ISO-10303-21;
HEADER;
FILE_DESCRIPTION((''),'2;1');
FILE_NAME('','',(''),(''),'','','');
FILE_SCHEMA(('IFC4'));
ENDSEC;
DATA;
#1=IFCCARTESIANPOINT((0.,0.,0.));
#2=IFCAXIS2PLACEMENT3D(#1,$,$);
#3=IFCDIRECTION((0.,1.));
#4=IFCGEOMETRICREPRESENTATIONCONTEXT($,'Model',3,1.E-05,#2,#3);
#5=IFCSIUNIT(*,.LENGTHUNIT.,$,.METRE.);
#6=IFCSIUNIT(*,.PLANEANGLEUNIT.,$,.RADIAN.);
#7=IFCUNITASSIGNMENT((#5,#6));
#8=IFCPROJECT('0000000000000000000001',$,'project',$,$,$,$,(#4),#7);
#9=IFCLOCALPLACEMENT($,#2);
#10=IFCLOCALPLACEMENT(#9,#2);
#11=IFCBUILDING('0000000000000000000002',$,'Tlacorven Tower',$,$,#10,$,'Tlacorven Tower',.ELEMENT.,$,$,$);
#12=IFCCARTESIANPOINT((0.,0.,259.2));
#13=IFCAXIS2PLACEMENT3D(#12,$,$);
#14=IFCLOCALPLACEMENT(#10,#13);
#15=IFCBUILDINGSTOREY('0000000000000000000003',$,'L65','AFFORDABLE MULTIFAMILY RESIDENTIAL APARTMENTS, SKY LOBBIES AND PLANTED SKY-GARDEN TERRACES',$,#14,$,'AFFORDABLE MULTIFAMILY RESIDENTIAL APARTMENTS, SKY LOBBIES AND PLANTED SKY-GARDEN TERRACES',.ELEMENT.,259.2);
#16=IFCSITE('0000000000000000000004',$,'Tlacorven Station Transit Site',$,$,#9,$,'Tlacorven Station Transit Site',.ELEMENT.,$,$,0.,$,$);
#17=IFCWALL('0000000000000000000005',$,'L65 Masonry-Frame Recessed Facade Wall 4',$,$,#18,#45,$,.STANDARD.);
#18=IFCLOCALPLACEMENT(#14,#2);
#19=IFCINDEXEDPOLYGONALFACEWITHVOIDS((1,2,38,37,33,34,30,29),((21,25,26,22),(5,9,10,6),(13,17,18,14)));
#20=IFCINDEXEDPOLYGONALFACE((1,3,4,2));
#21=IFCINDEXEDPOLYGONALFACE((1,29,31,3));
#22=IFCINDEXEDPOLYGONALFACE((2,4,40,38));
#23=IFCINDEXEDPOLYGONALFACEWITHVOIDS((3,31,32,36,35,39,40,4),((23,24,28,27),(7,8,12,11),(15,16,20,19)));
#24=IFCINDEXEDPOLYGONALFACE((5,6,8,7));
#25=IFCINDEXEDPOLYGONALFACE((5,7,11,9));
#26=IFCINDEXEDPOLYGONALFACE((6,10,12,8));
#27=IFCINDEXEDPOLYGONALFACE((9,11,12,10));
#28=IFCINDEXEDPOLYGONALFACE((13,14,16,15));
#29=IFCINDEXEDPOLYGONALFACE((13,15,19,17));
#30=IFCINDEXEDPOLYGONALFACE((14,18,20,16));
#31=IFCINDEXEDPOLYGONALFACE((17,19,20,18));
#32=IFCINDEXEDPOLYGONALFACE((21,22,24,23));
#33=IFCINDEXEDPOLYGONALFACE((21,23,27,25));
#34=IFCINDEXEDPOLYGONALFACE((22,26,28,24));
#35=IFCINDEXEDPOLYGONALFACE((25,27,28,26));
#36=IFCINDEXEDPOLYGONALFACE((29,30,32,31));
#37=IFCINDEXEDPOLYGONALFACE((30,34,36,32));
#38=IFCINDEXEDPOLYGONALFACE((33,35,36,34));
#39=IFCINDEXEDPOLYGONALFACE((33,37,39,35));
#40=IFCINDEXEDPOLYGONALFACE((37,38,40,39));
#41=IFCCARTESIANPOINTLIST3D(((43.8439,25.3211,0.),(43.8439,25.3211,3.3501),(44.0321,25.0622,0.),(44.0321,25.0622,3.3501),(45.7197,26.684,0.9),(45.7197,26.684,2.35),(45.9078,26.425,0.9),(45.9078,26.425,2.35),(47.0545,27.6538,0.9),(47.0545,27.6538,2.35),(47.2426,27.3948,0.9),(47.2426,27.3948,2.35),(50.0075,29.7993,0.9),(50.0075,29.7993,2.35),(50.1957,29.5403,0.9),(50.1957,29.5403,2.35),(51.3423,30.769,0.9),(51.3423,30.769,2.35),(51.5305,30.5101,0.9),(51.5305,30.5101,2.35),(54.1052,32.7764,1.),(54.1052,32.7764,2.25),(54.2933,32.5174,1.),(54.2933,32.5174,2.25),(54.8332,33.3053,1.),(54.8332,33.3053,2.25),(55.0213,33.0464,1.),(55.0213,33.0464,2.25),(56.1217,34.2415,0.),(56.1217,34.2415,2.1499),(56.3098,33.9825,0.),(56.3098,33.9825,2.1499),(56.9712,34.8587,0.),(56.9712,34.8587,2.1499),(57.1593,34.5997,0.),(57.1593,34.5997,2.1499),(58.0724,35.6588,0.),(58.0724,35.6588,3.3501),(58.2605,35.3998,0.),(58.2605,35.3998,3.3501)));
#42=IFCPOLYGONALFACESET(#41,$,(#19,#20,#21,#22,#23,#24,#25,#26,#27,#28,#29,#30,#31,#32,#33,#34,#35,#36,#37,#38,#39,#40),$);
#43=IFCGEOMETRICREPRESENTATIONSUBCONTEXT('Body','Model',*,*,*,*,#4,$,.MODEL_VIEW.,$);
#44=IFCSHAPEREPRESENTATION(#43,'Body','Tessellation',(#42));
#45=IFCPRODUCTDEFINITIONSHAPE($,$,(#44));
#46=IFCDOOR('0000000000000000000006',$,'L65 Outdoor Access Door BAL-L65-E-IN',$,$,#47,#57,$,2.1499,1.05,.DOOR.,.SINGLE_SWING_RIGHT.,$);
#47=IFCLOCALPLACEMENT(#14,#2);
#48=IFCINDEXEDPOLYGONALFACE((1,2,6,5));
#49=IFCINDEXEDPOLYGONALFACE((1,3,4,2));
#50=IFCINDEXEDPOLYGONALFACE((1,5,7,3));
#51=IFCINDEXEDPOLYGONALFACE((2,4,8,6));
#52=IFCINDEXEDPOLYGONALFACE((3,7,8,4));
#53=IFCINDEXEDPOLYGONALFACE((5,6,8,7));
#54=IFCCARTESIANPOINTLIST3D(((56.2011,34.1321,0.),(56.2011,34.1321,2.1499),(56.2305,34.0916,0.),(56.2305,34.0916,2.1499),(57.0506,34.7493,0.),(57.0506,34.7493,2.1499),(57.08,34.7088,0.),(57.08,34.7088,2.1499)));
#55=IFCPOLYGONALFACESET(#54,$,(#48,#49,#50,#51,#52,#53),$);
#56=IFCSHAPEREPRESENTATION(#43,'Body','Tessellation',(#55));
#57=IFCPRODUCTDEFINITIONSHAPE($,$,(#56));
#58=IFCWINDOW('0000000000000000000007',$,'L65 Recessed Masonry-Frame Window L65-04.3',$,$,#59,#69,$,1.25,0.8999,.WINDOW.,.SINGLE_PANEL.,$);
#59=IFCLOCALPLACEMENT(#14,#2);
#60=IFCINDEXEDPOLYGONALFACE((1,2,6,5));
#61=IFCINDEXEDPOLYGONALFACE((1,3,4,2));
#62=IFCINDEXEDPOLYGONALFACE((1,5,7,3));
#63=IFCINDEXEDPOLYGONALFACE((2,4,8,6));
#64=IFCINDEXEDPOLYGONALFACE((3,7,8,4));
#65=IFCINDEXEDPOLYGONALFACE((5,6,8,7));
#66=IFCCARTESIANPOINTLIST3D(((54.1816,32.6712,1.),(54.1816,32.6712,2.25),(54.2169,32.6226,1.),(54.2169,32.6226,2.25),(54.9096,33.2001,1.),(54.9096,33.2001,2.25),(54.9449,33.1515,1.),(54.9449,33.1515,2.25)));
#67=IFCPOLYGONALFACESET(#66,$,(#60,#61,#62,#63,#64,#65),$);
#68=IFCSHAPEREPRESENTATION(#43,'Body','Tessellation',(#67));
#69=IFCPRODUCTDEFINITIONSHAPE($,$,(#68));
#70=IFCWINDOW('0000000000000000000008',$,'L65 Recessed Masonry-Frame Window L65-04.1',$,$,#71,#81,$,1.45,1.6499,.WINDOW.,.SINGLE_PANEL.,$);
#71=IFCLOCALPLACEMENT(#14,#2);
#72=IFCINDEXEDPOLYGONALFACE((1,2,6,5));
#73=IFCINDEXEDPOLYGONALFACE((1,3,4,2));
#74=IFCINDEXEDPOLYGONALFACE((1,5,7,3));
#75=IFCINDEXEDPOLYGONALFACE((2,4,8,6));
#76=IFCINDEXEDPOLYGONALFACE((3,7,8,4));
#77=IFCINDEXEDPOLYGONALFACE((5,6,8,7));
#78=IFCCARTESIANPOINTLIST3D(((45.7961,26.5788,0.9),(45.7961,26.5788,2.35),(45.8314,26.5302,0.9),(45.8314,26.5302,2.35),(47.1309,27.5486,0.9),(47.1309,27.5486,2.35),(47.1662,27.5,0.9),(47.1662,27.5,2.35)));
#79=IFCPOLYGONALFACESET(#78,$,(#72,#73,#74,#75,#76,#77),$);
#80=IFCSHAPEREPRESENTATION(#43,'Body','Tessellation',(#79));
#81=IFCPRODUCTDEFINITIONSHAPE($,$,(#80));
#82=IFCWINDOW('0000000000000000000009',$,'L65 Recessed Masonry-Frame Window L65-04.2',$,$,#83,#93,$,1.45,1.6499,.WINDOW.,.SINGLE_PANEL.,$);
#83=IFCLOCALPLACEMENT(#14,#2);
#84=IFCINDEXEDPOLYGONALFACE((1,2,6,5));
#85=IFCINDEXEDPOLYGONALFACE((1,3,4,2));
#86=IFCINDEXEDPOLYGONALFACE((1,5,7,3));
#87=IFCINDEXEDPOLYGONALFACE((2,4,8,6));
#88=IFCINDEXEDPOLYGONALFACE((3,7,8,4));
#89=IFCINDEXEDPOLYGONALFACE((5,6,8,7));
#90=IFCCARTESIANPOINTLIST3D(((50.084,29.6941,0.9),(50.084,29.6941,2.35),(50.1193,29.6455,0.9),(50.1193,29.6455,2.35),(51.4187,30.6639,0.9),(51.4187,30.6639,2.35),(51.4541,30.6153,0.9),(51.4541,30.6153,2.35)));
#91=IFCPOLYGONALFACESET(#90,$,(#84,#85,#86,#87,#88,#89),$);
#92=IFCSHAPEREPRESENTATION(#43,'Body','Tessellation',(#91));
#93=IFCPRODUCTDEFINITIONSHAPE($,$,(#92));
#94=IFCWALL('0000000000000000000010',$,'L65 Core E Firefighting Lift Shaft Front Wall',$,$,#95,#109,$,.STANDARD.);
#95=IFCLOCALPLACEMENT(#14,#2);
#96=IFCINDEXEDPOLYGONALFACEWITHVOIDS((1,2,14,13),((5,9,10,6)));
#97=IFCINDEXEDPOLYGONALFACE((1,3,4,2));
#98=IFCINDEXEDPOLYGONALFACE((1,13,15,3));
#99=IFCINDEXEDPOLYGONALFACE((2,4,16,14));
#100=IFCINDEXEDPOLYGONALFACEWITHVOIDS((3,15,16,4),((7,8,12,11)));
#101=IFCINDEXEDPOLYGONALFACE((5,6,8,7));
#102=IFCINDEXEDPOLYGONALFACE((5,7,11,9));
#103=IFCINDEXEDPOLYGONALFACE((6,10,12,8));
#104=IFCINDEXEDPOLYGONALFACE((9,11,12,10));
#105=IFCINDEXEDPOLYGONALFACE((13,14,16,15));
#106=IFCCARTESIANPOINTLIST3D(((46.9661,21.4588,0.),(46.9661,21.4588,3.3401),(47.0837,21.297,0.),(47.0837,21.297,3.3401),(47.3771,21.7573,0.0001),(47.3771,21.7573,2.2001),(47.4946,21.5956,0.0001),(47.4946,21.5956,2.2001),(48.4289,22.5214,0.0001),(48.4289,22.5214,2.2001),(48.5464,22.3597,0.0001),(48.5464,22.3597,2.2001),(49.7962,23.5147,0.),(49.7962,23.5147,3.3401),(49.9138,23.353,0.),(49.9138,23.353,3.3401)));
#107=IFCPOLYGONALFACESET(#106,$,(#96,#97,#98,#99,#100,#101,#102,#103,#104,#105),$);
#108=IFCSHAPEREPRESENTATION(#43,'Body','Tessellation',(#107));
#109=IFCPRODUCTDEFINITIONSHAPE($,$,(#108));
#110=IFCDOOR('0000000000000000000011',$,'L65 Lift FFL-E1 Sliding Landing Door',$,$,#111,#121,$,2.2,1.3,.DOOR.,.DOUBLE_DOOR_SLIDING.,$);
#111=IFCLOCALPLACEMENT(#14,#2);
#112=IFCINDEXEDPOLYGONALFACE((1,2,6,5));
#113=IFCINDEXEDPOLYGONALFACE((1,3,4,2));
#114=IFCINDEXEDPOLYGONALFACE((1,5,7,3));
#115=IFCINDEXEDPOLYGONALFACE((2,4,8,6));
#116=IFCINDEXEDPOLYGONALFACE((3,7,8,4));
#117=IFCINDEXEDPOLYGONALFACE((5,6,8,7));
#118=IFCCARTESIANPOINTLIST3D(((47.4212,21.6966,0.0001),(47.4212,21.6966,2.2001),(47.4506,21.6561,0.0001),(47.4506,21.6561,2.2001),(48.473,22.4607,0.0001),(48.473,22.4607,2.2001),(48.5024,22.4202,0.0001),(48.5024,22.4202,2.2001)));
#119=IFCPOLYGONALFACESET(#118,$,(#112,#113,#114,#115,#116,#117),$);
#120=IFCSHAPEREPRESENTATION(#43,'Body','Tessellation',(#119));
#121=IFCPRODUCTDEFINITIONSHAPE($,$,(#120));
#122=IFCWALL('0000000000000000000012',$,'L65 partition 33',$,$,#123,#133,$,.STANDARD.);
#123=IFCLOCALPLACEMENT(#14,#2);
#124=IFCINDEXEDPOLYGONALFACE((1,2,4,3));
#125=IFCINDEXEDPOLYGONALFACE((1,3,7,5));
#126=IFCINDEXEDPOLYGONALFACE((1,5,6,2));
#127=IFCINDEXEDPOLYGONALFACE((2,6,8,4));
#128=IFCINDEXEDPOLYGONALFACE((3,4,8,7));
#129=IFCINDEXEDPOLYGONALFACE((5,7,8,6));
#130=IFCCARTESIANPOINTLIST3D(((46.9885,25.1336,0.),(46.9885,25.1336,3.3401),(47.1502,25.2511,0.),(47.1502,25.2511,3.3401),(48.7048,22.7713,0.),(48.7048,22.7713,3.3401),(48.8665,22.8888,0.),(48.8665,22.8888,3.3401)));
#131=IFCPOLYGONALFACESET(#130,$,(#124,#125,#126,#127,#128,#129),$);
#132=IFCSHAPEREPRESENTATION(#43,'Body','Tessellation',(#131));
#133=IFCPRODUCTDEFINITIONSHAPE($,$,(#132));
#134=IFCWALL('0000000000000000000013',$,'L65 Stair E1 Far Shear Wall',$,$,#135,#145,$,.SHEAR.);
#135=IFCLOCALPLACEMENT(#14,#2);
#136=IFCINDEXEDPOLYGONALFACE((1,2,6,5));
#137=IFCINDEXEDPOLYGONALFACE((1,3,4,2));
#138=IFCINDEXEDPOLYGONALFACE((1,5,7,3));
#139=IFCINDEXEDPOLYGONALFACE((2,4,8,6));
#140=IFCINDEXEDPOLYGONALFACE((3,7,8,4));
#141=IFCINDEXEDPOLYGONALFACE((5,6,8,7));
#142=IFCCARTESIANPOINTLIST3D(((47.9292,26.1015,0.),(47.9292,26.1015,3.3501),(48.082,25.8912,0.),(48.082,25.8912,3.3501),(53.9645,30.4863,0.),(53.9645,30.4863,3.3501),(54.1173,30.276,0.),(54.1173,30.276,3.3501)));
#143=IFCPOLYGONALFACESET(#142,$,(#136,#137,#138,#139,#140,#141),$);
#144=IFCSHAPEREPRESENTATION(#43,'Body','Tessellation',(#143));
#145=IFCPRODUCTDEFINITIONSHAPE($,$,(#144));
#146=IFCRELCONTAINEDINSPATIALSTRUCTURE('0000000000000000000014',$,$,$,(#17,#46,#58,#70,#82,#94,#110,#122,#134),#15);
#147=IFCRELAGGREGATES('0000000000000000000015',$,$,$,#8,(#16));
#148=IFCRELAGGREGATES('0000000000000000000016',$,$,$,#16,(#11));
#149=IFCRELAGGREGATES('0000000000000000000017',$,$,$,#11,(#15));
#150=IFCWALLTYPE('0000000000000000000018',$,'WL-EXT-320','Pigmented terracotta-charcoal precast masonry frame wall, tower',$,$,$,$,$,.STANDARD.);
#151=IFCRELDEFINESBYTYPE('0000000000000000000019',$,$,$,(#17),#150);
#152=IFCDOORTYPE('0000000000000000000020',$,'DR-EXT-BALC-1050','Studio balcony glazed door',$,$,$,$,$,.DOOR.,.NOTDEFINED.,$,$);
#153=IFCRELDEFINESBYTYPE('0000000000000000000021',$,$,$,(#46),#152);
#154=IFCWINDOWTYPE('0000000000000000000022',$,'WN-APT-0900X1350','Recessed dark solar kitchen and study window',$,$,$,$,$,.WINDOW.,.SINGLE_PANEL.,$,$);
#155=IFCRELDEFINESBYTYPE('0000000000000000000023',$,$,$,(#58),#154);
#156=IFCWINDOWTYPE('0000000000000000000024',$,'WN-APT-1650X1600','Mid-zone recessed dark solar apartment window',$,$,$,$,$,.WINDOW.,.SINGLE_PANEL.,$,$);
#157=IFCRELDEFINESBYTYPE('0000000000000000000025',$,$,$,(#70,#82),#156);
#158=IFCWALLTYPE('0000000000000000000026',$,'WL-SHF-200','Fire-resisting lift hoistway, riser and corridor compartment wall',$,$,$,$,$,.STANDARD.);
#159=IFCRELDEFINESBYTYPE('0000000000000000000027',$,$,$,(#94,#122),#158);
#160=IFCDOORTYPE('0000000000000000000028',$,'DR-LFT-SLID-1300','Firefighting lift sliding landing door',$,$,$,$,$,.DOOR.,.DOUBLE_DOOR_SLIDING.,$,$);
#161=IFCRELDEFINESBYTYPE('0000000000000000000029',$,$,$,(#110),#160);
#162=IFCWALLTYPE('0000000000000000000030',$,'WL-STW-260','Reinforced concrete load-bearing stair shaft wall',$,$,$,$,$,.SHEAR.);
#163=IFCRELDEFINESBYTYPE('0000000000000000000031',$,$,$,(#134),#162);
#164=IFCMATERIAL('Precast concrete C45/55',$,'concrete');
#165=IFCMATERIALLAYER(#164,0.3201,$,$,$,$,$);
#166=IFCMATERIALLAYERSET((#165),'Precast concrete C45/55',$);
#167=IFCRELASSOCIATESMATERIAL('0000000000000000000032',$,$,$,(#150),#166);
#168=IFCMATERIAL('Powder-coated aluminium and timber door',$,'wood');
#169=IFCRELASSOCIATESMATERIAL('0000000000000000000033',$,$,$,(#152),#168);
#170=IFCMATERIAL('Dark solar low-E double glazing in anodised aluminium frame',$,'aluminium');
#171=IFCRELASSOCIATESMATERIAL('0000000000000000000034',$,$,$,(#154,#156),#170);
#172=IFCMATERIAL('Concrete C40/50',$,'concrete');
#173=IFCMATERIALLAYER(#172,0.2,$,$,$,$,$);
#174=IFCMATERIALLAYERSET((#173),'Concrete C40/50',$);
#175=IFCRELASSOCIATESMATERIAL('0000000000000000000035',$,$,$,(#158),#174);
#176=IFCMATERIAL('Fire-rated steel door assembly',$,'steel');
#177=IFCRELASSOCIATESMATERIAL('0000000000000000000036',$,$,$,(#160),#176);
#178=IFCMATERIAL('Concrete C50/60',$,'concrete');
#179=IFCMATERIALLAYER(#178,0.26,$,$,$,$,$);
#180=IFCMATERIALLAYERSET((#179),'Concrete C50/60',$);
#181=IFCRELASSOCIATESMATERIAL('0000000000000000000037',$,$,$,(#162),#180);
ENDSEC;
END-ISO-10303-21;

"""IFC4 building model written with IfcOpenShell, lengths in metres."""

from ifc_helpers import new_model, si_unit, direction, frame, frame_2d, origin, place, context, subcontext, project, spatial, rectangle, extrude, source, transform, mapped, material, layer, layer_set, type_object, element, fill, save


model = new_model("IFC4")

# Units and contexts
model_context = context("Model", 3, precision=1e-05, world=origin(), true_north=direction((0.0, 1.0)))
body_context = subcontext(model_context, "Body", "Model", "MODEL_VIEW")
ifc_project = project(units=[si_unit("LENGTHUNIT", "METRE"), si_unit("PLANEANGLEUNIT", "RADIAN")], contexts=[model_context])

# Site, building, storey
site_placement = place(None, origin())
site = spatial("IfcSite", under=ifc_project, at=site_placement, Name="Tlacorven Station Transit Site", LongName="Tlacorven Station Transit Site", CompositionType="ELEMENT", RefElevation=0.0)
building_placement = place(site_placement, origin())
building = spatial("IfcBuilding", under=site, at=building_placement, Name="Tlacorven Tower", LongName="Tlacorven Tower", CompositionType="ELEMENT")
storey_placement = place(building_placement, frame((0.0, 0.0, 259.2)))
storey = spatial("IfcBuildingStorey", under=building, at=storey_placement, Name="L65", Description="AFFORDABLE MULTIFAMILY RESIDENTIAL APARTMENTS, SKY LOBBIES AND PLANTED SKY-GARDEN TERRACES", LongName="AFFORDABLE MULTIFAMILY RESIDENTIAL APARTMENTS, SKY LOBBIES AND PLANTED SKY-GARDEN TERRACES", CompositionType="ELEMENT", Elevation=259.2)

# Shared definitions
ifc_material_1 = material(Name="Concrete C50/60", Category="concrete")

# Wall, openings, door, windows
ifc_material_2 = material(Name="Precast concrete C45/55", Category="concrete")
ifc_layer_1 = layer(ifc_material_2, 0.3201)
ifc_layer_set_1 = layer_set([ifc_layer_1], Name="Precast concrete C45/55")
wall_type_1 = type_object("IfcWallType", Name="WL-EXT-320", Description="Pigmented terracotta-charcoal precast masonry frame wall, tower", PredefinedType="STANDARD", material=ifc_layer_set_1)
wall_1_placement = place(storey_placement, frame((43.938, 25.1917, 0.0), z_axis=(0.0, 0.0, 1.0), x_axis=(0.809016, 0.587786, 0.0)))
wall_1 = element("IfcWall", 1, at=wall_1_placement, inside=storey, type_object=wall_type_1, Name="L65 Masonry-Frame Recessed Facade Wall 4", PredefinedType="STANDARD", context=body_context, shape_type="SweptSolid", body=[
    extrude(rectangle(XDim=17.5874, YDim=0.3201, at=frame_2d((8.7937, 0.0))), origin(), (0.0, 0.0, 1.0), 3.3501),
])
opening_1_placement = place(wall_1_placement, frame((15.1763, 0.0, 0.0)))
opening_1 = element("IfcOpeningElement", 2, at=opening_1_placement, cuts=wall_1, PredefinedType="OPENING", context=body_context, shape_type="SweptSolid", body=[
    extrude(rectangle(XDim=1.05, YDim=2.1499, at=frame_2d((0.5249, 1.075))), frame((0.0, 0.1699, 0.0), z_axis=(0.0, -1.0, 0.0), x_axis=(1.0, 0.0, 0.0)), (0.0, 0.0, 1.0), 0.3401),
])
opening_2_placement = place(wall_1_placement, frame((2.3186, 0.0, 0.8999)))
opening_2 = element("IfcOpeningElement", 3, at=opening_2_placement, cuts=wall_1, PredefinedType="OPENING", context=body_context, shape_type="SweptSolid", body=[
    extrude(rectangle(XDim=1.6499, YDim=1.45, at=frame_2d((0.825, 0.7251))), frame((0.0, 0.1699, 0.0), z_axis=(0.0, -1.0, 0.0), x_axis=(1.0, 0.0, 0.0)), (0.0, 0.0, 1.0), 0.3401),
])
opening_3_placement = place(wall_1_placement, frame((7.6187, 0.0, 0.8999)))
opening_3 = element("IfcOpeningElement", 4, at=opening_3_placement, cuts=wall_1, PredefinedType="OPENING", context=body_context, shape_type="SweptSolid", body=[
    extrude(rectangle(XDim=1.6499, YDim=1.45, at=frame_2d((0.825, 0.7251))), frame((0.0, 0.1699, 0.0), z_axis=(0.0, -1.0, 0.0), x_axis=(1.0, 0.0, 0.0)), (0.0, 0.0, 1.0), 0.3401),
])
opening_4_placement = place(wall_1_placement, frame((12.6836, 0.0, 1.0)))
opening_4 = element("IfcOpeningElement", 5, at=opening_4_placement, cuts=wall_1, PredefinedType="OPENING", context=body_context, shape_type="SweptSolid", body=[
    extrude(rectangle(XDim=0.8999, YDim=1.25, at=frame_2d((0.45, 0.625))), frame((0.0, 0.1699, 0.0), z_axis=(0.0, -1.0, 0.0), x_axis=(1.0, 0.0, 0.0)), (0.0, 0.0, 1.0), 0.3401),
])
ifc_material_3 = material(Name="Powder-coated aluminium and timber door", Category="wood")
door_type_1 = type_object("IfcDoorType", Name="DR-EXT-BALC-1050", Description="Studio balcony glazed door", OperationType="NOTDEFINED", PredefinedType="DOOR", material=ifc_material_3)
shared_shape_1 = source(origin(), body_context, "Body", "SweptSolid", [
    extrude(rectangle(XDim=1.05, YDim=2.1499, at=frame_2d((0.5249, 1.075))), frame((0.0, 0.0249, 0.0), z_axis=(0.0, -1.0, 0.0), x_axis=(1.0, 0.0, 0.0)), (0.0, 0.0, 1.0), 0.05),
])
door_1_placement = place(opening_1_placement, origin())
door_1 = element("IfcDoor", 6, at=door_1_placement, inside=storey, type_object=door_type_1, Name="L65 Outdoor Access Door BAL-L65-E-IN", OperationType="SINGLE_SWING_RIGHT", OverallHeight=2.1499, OverallWidth=1.05, PredefinedType="DOOR", context=body_context, shape_type="MappedRepresentation", body=[
    mapped(shared_shape_1, transform((0.0, 0.0, 0.0), scale=1.0)),
])
fill(opening_1, door_1)
ifc_material_4 = material(Name="Dark solar low-E double glazing in anodised aluminium frame", Category="aluminium")
window_type_1 = type_object("IfcWindowType", Name="WN-APT-0900X1350", Description="Recessed dark solar kitchen and study window", PartitioningType="SINGLE_PANEL", PredefinedType="WINDOW", material=ifc_material_4)
shared_shape_2 = source(origin(), body_context, "Body", "SweptSolid", [
    extrude(rectangle(XDim=0.8999, YDim=1.25, at=frame_2d((0.45, 0.625))), frame((0.0, 0.03, 0.0), z_axis=(0.0, -1.0, 0.0), x_axis=(1.0, 0.0, 0.0)), (0.0, 0.0, 1.0), 0.0601),
])
window_1_placement = place(opening_4_placement, origin())
window_1 = element("IfcWindow", 7, at=window_1_placement, inside=storey, type_object=window_type_1, Name="L65 Recessed Masonry-Frame Window L65-04.3", OverallHeight=1.25, OverallWidth=0.8999, PartitioningType="SINGLE_PANEL", PredefinedType="WINDOW", context=body_context, shape_type="MappedRepresentation", body=[
    mapped(shared_shape_2, transform((0.0, 0.0, 0.0), scale=1.0)),
])
fill(opening_4, window_1)
window_type_2 = type_object("IfcWindowType", Name="WN-APT-1650X1600", Description="Mid-zone recessed dark solar apartment window", PartitioningType="SINGLE_PANEL", PredefinedType="WINDOW", material=ifc_material_4)
shared_shape_3 = source(origin(), body_context, "Body", "SweptSolid", [
    extrude(rectangle(XDim=1.6499, YDim=1.45, at=frame_2d((0.825, 0.7251))), frame((0.0, 0.03, 0.0), z_axis=(0.0, -1.0, 0.0), x_axis=(1.0, 0.0, 0.0)), (0.0, 0.0, 1.0), 0.0601),
])
window_2_placement = place(opening_2_placement, origin())
window_2 = element("IfcWindow", 8, at=window_2_placement, inside=storey, type_object=window_type_2, Name="L65 Recessed Masonry-Frame Window L65-04.1", OverallHeight=1.45, OverallWidth=1.6499, PartitioningType="SINGLE_PANEL", PredefinedType="WINDOW", context=body_context, shape_type="MappedRepresentation", body=[
    mapped(shared_shape_3, transform((0.0, 0.0, 0.0), scale=1.0)),
])
fill(opening_2, window_2)
window_3_placement = place(opening_3_placement, origin())
window_3 = element("IfcWindow", 9, at=window_3_placement, inside=storey, type_object=window_type_2, Name="L65 Recessed Masonry-Frame Window L65-04.2", OverallHeight=1.45, OverallWidth=1.6499, PartitioningType="SINGLE_PANEL", PredefinedType="WINDOW", context=body_context, shape_type="MappedRepresentation", body=[
    mapped(shared_shape_3, transform((0.0, 0.0, 0.0), scale=1.0)),
])
fill(opening_3, window_3)

# Wall, opening, door
ifc_material_5 = material(Name="Concrete C40/50", Category="concrete")
ifc_layer_2 = layer(ifc_material_5, 0.2)
ifc_layer_set_2 = layer_set([ifc_layer_2], Name="Concrete C40/50")
wall_type_2 = type_object("IfcWallType", Name="WL-SHF-200", Description="Fire-resisting lift hoistway, riser and corridor compartment wall", PredefinedType="STANDARD", material=ifc_layer_set_2)
wall_2_placement = place(storey_placement, frame((47.0249, 21.3779, 0.0), z_axis=(0.0, 0.0, 1.0), x_axis=(0.809053, 0.587736, 0.0)))
wall_2 = element("IfcWall", 10, at=wall_2_placement, inside=storey, type_object=wall_type_2, Name="L65 Core E Firefighting Lift Shaft Front Wall", PredefinedType="STANDARD", context=body_context, shape_type="SweptSolid", body=[
    extrude(rectangle(XDim=3.498, YDim=0.2, at=frame_2d((1.749, 0.0))), origin(), (0.0, 0.0, 1.0), 3.3401),
])
opening_5_placement = place(wall_2_placement, frame((0.5081, 0.0, 0.0)))
opening_5 = element("IfcOpeningElement", 11, at=opening_5_placement, cuts=wall_2, PredefinedType="OPENING", context=body_context, shape_type="SweptSolid", body=[
    extrude(rectangle(XDim=1.3, YDim=2.2, at=frame_2d((0.6499, 1.1001))), frame((0.0, 0.1099, 0.0), z_axis=(0.0, -1.0, 0.0), x_axis=(1.0, 0.0, 0.0)), (0.0, 0.0, 1.0), 0.22),
])
ifc_material_6 = material(Name="Fire-rated steel door assembly", Category="steel")
door_type_2 = type_object("IfcDoorType", Name="DR-LFT-SLID-1300", Description="Firefighting lift sliding landing door", OperationType="DOUBLE_DOOR_SLIDING", PredefinedType="DOOR", material=ifc_material_6)
shared_shape_4 = source(origin(), body_context, "Body", "SweptSolid", [
    extrude(rectangle(XDim=1.3, YDim=2.2, at=frame_2d((0.6499, 1.1001))), frame((0.0, 0.0249, 0.0), z_axis=(0.0, -1.0, 0.0), x_axis=(1.0, 0.0, 0.0)), (0.0, 0.0, 1.0), 0.05),
])
door_2_placement = place(opening_5_placement, origin())
door_2 = element("IfcDoor", 12, at=door_2_placement, inside=storey, type_object=door_type_2, Name="L65 Lift FFL-E1 Sliding Landing Door", OperationType="DOUBLE_DOOR_SLIDING", OverallHeight=2.2, OverallWidth=1.3, PredefinedType="DOOR", context=body_context, shape_type="MappedRepresentation", body=[
    mapped(shared_shape_4, transform((0.0, 0.0, 0.0), scale=1.0)),
])
fill(opening_5, door_2)

# Walls
wall_3_placement = place(storey_placement, frame((48.7856, 22.8301, 0.0), z_axis=(0.0, 0.0, 1.0), x_axis=(-0.587784, 0.809018, 0.0)))
element("IfcWall", 13, at=wall_3_placement, inside=storey, type_object=wall_type_2, Name="L65 partition 33", PredefinedType="STANDARD", context=body_context, shape_type="SweptSolid", body=[
    extrude(rectangle(XDim=2.9199, YDim=0.2, at=frame_2d((1.46, 0.0))), origin(), (0.0, 0.0, 1.0), 3.3401),
])
ifc_layer_3 = layer(ifc_material_1, 0.26)
ifc_layer_set_3 = layer_set([ifc_layer_3], Name="Concrete C50/60")
wall_type_3 = type_object("IfcWallType", Name="WL-STW-260", Description="Reinforced concrete load-bearing stair shaft wall", PredefinedType="SHEAR", material=ifc_layer_set_3)
wall_4_placement = place(storey_placement, frame((48.0056, 25.9963, 0.0), z_axis=(0.0, 0.0, 1.0), x_axis=(0.809019, 0.587782, 0.0)))
element("IfcWall", 14, at=wall_4_placement, inside=storey, type_object=wall_type_3, Name="L65 Stair E1 Far Shear Wall", PredefinedType="SHEAR", context=body_context, shape_type="SweptSolid", body=[
    extrude(rectangle(XDim=7.46, YDim=0.26, at=frame_2d((3.73, 0.0))), origin(), (0.0, 0.0, 1.0), 3.3501),
])

save(model, "model.ifc")
